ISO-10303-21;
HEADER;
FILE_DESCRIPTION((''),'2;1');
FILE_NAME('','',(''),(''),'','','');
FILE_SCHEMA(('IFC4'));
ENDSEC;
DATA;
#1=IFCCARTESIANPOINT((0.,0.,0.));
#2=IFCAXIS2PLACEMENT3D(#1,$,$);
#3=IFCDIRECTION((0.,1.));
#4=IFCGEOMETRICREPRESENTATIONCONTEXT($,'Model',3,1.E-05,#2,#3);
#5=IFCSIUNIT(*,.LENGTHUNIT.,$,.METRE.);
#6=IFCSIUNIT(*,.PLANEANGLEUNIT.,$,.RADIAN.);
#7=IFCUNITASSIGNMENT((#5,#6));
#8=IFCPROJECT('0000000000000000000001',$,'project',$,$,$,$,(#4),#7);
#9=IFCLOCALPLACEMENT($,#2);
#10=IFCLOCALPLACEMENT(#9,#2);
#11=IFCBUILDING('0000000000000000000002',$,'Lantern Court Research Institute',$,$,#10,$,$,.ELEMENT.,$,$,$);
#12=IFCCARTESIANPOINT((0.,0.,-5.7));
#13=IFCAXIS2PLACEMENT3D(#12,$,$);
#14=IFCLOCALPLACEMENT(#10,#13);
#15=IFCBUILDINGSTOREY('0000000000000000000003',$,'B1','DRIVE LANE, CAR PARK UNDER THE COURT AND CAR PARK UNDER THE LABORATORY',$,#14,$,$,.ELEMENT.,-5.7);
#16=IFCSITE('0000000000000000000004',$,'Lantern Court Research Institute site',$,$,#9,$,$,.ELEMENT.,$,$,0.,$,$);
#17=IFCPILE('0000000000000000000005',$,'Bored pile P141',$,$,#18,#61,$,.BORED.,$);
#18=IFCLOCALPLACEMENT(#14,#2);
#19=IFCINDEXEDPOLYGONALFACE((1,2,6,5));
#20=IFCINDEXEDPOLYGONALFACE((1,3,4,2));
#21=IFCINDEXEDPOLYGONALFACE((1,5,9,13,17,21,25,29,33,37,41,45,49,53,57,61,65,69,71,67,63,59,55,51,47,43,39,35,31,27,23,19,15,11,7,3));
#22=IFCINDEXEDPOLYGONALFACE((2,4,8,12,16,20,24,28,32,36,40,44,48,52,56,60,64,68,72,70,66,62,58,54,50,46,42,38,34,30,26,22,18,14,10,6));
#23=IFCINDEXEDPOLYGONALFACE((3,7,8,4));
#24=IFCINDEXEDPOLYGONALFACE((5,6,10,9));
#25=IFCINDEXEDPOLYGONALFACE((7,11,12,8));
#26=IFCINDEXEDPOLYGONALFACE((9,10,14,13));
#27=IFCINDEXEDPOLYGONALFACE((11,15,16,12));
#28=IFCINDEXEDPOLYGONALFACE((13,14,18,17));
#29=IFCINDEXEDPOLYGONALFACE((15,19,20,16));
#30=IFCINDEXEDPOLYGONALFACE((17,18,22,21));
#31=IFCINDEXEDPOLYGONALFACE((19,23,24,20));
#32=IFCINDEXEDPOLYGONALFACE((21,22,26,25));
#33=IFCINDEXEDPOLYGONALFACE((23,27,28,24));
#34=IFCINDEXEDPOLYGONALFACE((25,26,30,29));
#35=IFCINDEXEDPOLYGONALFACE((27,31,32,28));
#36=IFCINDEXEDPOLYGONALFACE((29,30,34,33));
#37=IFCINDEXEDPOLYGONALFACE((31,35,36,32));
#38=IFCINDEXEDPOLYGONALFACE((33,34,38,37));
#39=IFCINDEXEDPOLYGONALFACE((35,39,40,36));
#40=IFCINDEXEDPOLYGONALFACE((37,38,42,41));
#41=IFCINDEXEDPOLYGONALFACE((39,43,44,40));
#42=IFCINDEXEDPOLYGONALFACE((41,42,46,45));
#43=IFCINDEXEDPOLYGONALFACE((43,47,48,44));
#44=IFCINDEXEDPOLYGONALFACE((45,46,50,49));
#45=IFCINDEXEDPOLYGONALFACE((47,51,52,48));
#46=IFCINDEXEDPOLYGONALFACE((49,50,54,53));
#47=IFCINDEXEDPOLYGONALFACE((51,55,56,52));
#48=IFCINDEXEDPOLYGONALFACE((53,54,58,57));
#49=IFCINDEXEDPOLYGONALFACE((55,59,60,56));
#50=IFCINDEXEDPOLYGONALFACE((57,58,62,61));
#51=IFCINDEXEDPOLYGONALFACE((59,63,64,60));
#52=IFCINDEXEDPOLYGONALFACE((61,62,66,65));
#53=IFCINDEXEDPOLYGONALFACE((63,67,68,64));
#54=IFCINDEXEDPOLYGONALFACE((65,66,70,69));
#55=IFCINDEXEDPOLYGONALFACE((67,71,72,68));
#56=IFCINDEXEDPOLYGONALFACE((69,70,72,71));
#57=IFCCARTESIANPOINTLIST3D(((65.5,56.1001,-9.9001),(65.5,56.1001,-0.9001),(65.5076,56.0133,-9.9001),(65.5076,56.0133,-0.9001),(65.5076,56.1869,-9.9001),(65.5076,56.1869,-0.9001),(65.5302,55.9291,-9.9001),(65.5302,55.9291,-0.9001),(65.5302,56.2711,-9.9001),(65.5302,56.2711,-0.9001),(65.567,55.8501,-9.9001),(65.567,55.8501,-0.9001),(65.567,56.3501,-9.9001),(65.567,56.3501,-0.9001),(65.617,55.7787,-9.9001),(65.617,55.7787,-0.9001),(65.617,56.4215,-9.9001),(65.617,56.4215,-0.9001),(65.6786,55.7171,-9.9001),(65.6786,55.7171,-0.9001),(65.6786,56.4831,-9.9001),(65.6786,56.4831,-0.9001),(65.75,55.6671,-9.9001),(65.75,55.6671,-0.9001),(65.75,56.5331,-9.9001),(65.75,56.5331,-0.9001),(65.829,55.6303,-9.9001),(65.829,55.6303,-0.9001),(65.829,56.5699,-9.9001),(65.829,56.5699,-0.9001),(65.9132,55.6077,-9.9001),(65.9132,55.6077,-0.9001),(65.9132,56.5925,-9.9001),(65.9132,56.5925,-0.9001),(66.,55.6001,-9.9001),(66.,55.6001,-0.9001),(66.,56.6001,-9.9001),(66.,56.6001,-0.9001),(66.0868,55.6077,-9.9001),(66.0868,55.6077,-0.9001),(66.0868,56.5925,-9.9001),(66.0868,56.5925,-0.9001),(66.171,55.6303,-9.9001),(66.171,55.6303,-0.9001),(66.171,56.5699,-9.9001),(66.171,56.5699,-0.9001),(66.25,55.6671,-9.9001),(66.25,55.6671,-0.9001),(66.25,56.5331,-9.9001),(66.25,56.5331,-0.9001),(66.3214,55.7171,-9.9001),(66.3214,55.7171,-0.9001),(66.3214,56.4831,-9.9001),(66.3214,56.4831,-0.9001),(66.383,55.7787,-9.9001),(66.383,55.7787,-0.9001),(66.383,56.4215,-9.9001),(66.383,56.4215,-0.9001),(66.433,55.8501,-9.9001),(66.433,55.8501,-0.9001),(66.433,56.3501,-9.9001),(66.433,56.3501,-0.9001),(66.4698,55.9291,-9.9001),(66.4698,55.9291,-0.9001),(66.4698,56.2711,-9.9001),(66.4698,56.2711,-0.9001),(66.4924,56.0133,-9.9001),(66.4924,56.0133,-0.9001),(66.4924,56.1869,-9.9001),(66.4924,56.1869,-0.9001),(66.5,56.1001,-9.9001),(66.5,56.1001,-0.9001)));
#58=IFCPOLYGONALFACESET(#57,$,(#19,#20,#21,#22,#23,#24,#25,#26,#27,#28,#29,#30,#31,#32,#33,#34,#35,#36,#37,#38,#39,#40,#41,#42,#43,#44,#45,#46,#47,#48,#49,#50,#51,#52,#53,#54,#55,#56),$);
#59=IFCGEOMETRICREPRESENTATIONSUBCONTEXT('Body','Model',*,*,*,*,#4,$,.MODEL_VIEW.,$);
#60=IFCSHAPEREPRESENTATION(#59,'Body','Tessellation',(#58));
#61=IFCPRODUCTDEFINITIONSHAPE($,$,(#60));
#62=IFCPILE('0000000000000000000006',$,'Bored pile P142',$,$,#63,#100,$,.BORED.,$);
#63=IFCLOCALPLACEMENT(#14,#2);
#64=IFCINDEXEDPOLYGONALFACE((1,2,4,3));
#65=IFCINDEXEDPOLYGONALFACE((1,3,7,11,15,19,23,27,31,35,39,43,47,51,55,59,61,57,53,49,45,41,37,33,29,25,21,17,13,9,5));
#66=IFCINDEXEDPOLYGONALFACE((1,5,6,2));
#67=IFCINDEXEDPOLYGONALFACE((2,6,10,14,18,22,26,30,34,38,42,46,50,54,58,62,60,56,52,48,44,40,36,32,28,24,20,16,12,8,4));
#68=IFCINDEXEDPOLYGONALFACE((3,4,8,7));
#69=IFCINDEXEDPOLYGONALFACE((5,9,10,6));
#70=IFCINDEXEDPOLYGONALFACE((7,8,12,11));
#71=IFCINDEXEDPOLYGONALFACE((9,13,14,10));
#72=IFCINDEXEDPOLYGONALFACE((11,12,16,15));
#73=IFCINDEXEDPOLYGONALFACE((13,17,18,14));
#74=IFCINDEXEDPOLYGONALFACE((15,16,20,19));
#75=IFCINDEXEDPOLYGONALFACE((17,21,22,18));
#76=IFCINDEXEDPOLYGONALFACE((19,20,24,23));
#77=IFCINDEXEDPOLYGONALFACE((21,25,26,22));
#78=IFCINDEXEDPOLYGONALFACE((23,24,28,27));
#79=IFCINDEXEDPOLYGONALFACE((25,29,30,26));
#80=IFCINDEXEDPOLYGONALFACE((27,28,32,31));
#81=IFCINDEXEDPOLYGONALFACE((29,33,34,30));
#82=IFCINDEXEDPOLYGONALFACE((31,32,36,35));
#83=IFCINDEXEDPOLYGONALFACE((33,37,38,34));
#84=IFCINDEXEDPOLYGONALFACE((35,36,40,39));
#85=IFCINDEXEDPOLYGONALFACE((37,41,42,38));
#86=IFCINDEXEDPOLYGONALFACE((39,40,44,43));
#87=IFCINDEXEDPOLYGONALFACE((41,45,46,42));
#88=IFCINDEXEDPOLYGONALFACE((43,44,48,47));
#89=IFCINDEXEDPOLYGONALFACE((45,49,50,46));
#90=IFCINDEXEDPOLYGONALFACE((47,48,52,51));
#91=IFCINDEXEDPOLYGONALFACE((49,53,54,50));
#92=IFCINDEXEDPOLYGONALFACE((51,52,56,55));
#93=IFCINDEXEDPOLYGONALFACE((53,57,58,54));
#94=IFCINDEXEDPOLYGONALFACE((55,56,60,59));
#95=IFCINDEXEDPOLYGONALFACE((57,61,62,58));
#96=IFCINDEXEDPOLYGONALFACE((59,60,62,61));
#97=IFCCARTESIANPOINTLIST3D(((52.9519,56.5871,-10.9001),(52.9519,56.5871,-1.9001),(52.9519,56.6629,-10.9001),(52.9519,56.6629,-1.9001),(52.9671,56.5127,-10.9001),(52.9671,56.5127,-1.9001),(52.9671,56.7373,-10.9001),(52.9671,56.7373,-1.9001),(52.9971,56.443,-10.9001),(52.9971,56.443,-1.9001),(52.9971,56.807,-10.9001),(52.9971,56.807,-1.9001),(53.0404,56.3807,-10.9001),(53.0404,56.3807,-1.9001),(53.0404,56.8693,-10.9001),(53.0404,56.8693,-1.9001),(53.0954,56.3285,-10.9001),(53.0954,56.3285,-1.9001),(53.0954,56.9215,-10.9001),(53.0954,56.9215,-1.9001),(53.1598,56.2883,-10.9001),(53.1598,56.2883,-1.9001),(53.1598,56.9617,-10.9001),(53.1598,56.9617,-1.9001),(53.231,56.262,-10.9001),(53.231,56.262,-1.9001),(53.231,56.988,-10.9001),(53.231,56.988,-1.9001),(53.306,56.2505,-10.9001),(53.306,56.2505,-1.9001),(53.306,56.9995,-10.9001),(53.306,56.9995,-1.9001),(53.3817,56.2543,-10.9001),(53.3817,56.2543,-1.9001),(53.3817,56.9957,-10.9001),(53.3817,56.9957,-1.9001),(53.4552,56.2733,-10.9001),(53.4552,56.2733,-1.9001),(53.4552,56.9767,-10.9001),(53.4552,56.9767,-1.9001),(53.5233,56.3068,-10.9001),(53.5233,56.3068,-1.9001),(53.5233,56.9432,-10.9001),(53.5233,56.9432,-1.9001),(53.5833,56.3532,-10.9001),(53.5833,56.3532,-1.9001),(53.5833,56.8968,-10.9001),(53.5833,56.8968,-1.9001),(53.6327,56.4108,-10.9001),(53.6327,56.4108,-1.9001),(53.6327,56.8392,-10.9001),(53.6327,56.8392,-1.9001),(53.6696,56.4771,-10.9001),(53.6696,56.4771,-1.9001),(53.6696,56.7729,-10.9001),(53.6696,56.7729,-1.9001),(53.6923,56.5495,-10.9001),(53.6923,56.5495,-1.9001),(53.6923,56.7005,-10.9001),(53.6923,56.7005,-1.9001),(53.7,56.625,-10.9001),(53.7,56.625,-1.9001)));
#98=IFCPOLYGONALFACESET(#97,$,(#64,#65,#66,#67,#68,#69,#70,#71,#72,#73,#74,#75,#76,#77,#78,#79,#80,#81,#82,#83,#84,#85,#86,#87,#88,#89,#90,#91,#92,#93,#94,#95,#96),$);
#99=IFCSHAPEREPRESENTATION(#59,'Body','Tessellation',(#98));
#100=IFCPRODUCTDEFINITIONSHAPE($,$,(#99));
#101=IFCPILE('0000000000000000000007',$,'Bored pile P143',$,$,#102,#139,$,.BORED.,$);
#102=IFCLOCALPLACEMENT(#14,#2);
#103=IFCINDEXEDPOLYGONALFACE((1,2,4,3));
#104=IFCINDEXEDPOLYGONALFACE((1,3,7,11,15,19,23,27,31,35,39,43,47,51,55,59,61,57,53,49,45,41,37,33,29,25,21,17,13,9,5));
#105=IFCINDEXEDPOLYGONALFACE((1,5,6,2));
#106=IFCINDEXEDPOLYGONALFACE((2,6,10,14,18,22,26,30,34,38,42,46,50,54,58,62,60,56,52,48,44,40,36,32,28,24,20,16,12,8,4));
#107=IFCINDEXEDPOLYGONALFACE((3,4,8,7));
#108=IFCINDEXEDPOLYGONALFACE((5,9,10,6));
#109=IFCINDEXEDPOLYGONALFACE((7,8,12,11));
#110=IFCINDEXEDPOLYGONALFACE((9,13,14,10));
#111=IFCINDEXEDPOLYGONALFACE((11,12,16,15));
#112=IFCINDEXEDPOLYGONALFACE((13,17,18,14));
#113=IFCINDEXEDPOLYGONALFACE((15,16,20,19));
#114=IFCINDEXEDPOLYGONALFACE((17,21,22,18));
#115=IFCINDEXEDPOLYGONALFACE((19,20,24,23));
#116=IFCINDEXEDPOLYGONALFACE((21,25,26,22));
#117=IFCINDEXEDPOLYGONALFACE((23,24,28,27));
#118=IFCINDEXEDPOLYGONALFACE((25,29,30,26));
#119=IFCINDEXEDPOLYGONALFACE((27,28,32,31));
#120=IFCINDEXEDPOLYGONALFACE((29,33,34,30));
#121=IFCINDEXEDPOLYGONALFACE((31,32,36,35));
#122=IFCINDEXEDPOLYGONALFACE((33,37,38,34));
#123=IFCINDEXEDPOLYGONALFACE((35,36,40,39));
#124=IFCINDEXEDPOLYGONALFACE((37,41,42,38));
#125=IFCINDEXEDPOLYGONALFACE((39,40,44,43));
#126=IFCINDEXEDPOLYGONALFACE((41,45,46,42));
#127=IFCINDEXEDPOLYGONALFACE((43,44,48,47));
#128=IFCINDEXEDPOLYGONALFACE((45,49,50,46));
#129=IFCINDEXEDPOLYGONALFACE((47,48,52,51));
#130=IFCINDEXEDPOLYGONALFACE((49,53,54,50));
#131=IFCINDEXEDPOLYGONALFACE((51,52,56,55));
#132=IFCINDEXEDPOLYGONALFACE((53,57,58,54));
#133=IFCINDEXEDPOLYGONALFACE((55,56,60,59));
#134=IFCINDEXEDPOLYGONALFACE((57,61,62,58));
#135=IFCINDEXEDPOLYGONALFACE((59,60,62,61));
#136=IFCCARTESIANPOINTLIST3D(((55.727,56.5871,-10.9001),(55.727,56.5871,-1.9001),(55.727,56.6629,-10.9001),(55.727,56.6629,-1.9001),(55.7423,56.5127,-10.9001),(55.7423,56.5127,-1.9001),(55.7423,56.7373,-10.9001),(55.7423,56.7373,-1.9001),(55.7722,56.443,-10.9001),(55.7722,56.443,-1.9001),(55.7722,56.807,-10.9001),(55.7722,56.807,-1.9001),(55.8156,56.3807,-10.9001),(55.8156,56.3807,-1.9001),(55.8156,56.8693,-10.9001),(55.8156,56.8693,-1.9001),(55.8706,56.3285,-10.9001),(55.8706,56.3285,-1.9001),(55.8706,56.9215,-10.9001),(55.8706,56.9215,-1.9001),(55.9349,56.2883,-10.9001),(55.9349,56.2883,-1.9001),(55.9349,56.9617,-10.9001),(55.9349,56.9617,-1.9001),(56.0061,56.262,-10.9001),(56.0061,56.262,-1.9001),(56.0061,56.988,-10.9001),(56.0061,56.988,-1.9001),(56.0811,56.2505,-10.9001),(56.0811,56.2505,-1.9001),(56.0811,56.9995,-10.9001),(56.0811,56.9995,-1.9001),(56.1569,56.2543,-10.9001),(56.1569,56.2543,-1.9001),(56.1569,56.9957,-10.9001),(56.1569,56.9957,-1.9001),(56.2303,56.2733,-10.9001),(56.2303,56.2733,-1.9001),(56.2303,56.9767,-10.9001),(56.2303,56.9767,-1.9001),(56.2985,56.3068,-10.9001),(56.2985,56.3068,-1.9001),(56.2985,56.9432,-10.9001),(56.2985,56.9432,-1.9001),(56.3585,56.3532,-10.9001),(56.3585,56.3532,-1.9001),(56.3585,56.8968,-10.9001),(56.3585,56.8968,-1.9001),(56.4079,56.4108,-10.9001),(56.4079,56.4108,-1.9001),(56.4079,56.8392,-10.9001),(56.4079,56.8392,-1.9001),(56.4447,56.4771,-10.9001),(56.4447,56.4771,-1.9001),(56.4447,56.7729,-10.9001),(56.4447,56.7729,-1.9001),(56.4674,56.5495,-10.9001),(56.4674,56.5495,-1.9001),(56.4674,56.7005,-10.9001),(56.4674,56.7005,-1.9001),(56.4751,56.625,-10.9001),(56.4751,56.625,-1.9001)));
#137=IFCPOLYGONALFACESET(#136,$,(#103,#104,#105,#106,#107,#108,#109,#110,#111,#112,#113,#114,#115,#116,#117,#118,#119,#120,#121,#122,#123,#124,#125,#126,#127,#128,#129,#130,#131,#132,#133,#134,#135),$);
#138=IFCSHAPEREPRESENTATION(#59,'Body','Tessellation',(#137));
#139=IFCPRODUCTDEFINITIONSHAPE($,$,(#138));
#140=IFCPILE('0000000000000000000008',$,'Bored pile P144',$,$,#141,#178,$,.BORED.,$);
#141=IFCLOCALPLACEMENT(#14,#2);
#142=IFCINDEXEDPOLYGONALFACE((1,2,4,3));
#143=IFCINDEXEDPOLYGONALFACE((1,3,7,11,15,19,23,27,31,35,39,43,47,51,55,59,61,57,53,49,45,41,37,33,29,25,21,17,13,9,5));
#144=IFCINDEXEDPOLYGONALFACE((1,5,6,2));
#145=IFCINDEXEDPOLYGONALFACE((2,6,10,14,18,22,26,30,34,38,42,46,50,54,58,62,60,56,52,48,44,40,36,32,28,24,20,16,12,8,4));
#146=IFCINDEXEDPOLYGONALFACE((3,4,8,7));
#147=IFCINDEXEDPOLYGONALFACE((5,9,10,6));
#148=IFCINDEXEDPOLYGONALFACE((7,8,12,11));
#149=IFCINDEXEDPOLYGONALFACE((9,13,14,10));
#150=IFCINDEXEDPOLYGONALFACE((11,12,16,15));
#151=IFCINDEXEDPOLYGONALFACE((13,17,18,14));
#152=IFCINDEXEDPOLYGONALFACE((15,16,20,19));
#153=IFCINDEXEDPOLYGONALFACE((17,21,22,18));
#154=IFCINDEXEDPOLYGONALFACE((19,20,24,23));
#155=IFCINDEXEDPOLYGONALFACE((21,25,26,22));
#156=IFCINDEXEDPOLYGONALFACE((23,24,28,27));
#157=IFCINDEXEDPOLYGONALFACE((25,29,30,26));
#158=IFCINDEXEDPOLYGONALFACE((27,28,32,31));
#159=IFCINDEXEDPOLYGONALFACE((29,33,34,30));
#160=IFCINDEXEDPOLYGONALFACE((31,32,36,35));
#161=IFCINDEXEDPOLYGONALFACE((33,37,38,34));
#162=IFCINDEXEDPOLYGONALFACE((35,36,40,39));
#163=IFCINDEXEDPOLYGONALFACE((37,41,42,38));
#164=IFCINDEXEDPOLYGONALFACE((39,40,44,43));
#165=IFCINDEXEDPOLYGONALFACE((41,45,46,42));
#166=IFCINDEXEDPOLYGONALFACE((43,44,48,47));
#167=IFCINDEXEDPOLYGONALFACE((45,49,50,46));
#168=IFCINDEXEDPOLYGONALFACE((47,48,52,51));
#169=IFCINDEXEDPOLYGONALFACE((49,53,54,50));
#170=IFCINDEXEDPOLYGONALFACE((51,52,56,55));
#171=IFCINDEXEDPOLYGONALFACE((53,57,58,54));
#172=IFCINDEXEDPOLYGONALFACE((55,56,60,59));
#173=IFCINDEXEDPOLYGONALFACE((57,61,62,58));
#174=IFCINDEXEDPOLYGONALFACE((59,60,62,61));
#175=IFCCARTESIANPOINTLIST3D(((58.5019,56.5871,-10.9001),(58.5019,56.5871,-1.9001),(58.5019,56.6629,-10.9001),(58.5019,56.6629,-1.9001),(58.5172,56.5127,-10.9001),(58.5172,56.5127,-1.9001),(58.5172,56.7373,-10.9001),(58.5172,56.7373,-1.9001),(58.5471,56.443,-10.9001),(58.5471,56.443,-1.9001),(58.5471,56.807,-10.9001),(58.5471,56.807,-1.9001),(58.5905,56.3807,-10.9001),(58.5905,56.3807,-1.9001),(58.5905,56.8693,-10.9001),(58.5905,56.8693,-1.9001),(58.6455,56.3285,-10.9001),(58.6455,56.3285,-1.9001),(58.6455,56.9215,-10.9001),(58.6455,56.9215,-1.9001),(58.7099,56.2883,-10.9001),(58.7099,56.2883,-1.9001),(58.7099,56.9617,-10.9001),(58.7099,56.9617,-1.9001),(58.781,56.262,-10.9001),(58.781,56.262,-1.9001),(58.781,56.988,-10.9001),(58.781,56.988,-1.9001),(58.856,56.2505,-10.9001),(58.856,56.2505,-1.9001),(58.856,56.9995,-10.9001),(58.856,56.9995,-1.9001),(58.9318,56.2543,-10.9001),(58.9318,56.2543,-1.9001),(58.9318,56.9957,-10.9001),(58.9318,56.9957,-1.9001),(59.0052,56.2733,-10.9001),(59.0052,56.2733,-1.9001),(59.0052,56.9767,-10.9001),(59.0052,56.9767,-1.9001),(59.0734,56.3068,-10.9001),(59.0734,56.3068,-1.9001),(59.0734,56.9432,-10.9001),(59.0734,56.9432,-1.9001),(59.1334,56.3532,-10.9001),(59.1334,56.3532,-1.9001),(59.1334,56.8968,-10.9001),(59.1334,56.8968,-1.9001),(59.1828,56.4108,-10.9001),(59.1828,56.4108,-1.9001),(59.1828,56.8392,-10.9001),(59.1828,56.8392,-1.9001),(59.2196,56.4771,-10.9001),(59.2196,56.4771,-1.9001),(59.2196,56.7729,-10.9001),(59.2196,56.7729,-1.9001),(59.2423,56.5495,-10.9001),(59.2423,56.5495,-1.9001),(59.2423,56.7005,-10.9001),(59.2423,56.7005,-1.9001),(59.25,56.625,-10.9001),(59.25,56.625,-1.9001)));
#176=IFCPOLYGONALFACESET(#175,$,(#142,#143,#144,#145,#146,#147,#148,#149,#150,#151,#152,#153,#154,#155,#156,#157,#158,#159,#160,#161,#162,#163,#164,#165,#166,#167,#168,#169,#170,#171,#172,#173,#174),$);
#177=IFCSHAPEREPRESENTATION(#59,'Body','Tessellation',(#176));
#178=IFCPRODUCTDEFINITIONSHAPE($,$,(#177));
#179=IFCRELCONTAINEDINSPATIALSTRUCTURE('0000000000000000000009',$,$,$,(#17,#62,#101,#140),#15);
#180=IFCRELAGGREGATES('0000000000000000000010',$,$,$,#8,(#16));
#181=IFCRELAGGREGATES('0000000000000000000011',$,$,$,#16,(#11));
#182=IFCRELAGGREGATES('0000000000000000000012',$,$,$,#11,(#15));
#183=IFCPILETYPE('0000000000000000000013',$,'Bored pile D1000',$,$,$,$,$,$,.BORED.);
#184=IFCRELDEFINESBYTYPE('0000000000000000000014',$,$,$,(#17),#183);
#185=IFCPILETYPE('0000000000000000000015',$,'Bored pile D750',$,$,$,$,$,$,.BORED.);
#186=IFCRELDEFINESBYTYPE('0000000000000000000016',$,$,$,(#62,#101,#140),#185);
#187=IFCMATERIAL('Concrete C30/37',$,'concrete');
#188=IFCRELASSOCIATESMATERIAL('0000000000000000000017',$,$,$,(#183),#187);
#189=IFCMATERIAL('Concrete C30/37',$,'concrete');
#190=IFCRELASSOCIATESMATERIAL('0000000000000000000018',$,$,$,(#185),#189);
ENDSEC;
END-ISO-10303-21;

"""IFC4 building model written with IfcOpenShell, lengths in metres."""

from ifc_helpers import new_model, si_unit, direction, frame, origin, origin_2d, place, context, subcontext, project, spatial, circle, extrude, material, material_profile, profile_set, type_object, element, save


model = new_model("IFC4")

# Units and contexts
model_context = context("Model", 3, precision=1e-05, world=origin(), true_north=direction((0.0, 1.0)))
body_context = subcontext(model_context, "Body", "Model", "MODEL_VIEW")
ifc_project = project(units=[si_unit("LENGTHUNIT", "METRE"), si_unit("PLANEANGLEUNIT", "RADIAN")], contexts=[model_context])

# Site, building, storey
site_placement = place(None, origin())
site = spatial("IfcSite", under=ifc_project, at=site_placement, Name="Lantern Court Research Institute site", CompositionType="ELEMENT", RefElevation=0.0)
building_placement = place(site_placement, origin())
building = spatial("IfcBuilding", under=site, at=building_placement, Name="Lantern Court Research Institute", CompositionType="ELEMENT")
storey_placement = place(building_placement, frame((0.0, 0.0, -5.7)))
storey = spatial("IfcBuildingStorey", under=building, at=storey_placement, Name="B1", Description="DRIVE LANE, CAR PARK UNDER THE COURT AND CAR PARK UNDER THE LABORATORY", CompositionType="ELEMENT", Elevation=-5.7)

# Piles
ifc_material_1 = material(Name="Concrete C30/37", Category="concrete")
ifc_material_profile_1 = material_profile(ifc_material_1, circle(Radius=0.5, at=origin_2d()), Name="Bored pile D1000")
ifc_profile_set_1 = profile_set([ifc_material_profile_1], Name="Concrete C30/37")
pile_type_1 = type_object("IfcPileType", Name="Bored pile D1000", PredefinedType="BORED", material=ifc_profile_set_1)
pile_placement = place(storey_placement, frame((66.0, 56.1001, -0.9001), z_axis=(0.0, 0.0, -1.0), x_axis=(1.0, 0.0, 0.0)))
element("IfcPile", 1, at=pile_placement, inside=storey, type_object=pile_type_1, Name="Bored pile P141", PredefinedType="BORED", context=body_context, shape_type="SweptSolid", body=[
    extrude(circle(Radius=0.5, at=origin_2d()), origin(), (0.0, 0.0, 1.0), 9.0),
])
ifc_material_2 = material(Name="Concrete C30/37", Category="concrete")
ifc_material_profile_2 = material_profile(ifc_material_2, circle(Radius=0.375, at=origin_2d()), Name="Bored pile D750")
ifc_profile_set_2 = profile_set([ifc_material_profile_2], Name="Concrete C30/37")
pile_type_2 = type_object("IfcPileType", Name="Bored pile D750", PredefinedType="BORED", material=ifc_profile_set_2)
for number, where, z_axis, x_axis, name in (
    (2, (53.325, 56.625, -1.9001), (0.0, 0.0, -1.0), (1.0, 0.0, 0.0), "Bored pile P142"),
    (3, (56.1001, 56.625, -1.9001), (0.0, 0.0, -1.0), (1.0, 0.0, 0.0), "Bored pile P143"),
    (4, (58.875, 56.625, -1.9001), (0.0, 0.0, -1.0), (1.0, 0.0, 0.0), "Bored pile P144"),
):
    element("IfcPile", number, at=place(storey_placement, frame(where, z_axis=z_axis, x_axis=x_axis)), inside=storey, type_object=pile_type_2, Name=name, PredefinedType="BORED", context=body_context, shape_type="SweptSolid", body=[
        extrude(circle(Radius=0.375, at=origin_2d()), origin(), (0.0, 0.0, 1.0), 9.0),
    ])

save(model, "model.ifc")
